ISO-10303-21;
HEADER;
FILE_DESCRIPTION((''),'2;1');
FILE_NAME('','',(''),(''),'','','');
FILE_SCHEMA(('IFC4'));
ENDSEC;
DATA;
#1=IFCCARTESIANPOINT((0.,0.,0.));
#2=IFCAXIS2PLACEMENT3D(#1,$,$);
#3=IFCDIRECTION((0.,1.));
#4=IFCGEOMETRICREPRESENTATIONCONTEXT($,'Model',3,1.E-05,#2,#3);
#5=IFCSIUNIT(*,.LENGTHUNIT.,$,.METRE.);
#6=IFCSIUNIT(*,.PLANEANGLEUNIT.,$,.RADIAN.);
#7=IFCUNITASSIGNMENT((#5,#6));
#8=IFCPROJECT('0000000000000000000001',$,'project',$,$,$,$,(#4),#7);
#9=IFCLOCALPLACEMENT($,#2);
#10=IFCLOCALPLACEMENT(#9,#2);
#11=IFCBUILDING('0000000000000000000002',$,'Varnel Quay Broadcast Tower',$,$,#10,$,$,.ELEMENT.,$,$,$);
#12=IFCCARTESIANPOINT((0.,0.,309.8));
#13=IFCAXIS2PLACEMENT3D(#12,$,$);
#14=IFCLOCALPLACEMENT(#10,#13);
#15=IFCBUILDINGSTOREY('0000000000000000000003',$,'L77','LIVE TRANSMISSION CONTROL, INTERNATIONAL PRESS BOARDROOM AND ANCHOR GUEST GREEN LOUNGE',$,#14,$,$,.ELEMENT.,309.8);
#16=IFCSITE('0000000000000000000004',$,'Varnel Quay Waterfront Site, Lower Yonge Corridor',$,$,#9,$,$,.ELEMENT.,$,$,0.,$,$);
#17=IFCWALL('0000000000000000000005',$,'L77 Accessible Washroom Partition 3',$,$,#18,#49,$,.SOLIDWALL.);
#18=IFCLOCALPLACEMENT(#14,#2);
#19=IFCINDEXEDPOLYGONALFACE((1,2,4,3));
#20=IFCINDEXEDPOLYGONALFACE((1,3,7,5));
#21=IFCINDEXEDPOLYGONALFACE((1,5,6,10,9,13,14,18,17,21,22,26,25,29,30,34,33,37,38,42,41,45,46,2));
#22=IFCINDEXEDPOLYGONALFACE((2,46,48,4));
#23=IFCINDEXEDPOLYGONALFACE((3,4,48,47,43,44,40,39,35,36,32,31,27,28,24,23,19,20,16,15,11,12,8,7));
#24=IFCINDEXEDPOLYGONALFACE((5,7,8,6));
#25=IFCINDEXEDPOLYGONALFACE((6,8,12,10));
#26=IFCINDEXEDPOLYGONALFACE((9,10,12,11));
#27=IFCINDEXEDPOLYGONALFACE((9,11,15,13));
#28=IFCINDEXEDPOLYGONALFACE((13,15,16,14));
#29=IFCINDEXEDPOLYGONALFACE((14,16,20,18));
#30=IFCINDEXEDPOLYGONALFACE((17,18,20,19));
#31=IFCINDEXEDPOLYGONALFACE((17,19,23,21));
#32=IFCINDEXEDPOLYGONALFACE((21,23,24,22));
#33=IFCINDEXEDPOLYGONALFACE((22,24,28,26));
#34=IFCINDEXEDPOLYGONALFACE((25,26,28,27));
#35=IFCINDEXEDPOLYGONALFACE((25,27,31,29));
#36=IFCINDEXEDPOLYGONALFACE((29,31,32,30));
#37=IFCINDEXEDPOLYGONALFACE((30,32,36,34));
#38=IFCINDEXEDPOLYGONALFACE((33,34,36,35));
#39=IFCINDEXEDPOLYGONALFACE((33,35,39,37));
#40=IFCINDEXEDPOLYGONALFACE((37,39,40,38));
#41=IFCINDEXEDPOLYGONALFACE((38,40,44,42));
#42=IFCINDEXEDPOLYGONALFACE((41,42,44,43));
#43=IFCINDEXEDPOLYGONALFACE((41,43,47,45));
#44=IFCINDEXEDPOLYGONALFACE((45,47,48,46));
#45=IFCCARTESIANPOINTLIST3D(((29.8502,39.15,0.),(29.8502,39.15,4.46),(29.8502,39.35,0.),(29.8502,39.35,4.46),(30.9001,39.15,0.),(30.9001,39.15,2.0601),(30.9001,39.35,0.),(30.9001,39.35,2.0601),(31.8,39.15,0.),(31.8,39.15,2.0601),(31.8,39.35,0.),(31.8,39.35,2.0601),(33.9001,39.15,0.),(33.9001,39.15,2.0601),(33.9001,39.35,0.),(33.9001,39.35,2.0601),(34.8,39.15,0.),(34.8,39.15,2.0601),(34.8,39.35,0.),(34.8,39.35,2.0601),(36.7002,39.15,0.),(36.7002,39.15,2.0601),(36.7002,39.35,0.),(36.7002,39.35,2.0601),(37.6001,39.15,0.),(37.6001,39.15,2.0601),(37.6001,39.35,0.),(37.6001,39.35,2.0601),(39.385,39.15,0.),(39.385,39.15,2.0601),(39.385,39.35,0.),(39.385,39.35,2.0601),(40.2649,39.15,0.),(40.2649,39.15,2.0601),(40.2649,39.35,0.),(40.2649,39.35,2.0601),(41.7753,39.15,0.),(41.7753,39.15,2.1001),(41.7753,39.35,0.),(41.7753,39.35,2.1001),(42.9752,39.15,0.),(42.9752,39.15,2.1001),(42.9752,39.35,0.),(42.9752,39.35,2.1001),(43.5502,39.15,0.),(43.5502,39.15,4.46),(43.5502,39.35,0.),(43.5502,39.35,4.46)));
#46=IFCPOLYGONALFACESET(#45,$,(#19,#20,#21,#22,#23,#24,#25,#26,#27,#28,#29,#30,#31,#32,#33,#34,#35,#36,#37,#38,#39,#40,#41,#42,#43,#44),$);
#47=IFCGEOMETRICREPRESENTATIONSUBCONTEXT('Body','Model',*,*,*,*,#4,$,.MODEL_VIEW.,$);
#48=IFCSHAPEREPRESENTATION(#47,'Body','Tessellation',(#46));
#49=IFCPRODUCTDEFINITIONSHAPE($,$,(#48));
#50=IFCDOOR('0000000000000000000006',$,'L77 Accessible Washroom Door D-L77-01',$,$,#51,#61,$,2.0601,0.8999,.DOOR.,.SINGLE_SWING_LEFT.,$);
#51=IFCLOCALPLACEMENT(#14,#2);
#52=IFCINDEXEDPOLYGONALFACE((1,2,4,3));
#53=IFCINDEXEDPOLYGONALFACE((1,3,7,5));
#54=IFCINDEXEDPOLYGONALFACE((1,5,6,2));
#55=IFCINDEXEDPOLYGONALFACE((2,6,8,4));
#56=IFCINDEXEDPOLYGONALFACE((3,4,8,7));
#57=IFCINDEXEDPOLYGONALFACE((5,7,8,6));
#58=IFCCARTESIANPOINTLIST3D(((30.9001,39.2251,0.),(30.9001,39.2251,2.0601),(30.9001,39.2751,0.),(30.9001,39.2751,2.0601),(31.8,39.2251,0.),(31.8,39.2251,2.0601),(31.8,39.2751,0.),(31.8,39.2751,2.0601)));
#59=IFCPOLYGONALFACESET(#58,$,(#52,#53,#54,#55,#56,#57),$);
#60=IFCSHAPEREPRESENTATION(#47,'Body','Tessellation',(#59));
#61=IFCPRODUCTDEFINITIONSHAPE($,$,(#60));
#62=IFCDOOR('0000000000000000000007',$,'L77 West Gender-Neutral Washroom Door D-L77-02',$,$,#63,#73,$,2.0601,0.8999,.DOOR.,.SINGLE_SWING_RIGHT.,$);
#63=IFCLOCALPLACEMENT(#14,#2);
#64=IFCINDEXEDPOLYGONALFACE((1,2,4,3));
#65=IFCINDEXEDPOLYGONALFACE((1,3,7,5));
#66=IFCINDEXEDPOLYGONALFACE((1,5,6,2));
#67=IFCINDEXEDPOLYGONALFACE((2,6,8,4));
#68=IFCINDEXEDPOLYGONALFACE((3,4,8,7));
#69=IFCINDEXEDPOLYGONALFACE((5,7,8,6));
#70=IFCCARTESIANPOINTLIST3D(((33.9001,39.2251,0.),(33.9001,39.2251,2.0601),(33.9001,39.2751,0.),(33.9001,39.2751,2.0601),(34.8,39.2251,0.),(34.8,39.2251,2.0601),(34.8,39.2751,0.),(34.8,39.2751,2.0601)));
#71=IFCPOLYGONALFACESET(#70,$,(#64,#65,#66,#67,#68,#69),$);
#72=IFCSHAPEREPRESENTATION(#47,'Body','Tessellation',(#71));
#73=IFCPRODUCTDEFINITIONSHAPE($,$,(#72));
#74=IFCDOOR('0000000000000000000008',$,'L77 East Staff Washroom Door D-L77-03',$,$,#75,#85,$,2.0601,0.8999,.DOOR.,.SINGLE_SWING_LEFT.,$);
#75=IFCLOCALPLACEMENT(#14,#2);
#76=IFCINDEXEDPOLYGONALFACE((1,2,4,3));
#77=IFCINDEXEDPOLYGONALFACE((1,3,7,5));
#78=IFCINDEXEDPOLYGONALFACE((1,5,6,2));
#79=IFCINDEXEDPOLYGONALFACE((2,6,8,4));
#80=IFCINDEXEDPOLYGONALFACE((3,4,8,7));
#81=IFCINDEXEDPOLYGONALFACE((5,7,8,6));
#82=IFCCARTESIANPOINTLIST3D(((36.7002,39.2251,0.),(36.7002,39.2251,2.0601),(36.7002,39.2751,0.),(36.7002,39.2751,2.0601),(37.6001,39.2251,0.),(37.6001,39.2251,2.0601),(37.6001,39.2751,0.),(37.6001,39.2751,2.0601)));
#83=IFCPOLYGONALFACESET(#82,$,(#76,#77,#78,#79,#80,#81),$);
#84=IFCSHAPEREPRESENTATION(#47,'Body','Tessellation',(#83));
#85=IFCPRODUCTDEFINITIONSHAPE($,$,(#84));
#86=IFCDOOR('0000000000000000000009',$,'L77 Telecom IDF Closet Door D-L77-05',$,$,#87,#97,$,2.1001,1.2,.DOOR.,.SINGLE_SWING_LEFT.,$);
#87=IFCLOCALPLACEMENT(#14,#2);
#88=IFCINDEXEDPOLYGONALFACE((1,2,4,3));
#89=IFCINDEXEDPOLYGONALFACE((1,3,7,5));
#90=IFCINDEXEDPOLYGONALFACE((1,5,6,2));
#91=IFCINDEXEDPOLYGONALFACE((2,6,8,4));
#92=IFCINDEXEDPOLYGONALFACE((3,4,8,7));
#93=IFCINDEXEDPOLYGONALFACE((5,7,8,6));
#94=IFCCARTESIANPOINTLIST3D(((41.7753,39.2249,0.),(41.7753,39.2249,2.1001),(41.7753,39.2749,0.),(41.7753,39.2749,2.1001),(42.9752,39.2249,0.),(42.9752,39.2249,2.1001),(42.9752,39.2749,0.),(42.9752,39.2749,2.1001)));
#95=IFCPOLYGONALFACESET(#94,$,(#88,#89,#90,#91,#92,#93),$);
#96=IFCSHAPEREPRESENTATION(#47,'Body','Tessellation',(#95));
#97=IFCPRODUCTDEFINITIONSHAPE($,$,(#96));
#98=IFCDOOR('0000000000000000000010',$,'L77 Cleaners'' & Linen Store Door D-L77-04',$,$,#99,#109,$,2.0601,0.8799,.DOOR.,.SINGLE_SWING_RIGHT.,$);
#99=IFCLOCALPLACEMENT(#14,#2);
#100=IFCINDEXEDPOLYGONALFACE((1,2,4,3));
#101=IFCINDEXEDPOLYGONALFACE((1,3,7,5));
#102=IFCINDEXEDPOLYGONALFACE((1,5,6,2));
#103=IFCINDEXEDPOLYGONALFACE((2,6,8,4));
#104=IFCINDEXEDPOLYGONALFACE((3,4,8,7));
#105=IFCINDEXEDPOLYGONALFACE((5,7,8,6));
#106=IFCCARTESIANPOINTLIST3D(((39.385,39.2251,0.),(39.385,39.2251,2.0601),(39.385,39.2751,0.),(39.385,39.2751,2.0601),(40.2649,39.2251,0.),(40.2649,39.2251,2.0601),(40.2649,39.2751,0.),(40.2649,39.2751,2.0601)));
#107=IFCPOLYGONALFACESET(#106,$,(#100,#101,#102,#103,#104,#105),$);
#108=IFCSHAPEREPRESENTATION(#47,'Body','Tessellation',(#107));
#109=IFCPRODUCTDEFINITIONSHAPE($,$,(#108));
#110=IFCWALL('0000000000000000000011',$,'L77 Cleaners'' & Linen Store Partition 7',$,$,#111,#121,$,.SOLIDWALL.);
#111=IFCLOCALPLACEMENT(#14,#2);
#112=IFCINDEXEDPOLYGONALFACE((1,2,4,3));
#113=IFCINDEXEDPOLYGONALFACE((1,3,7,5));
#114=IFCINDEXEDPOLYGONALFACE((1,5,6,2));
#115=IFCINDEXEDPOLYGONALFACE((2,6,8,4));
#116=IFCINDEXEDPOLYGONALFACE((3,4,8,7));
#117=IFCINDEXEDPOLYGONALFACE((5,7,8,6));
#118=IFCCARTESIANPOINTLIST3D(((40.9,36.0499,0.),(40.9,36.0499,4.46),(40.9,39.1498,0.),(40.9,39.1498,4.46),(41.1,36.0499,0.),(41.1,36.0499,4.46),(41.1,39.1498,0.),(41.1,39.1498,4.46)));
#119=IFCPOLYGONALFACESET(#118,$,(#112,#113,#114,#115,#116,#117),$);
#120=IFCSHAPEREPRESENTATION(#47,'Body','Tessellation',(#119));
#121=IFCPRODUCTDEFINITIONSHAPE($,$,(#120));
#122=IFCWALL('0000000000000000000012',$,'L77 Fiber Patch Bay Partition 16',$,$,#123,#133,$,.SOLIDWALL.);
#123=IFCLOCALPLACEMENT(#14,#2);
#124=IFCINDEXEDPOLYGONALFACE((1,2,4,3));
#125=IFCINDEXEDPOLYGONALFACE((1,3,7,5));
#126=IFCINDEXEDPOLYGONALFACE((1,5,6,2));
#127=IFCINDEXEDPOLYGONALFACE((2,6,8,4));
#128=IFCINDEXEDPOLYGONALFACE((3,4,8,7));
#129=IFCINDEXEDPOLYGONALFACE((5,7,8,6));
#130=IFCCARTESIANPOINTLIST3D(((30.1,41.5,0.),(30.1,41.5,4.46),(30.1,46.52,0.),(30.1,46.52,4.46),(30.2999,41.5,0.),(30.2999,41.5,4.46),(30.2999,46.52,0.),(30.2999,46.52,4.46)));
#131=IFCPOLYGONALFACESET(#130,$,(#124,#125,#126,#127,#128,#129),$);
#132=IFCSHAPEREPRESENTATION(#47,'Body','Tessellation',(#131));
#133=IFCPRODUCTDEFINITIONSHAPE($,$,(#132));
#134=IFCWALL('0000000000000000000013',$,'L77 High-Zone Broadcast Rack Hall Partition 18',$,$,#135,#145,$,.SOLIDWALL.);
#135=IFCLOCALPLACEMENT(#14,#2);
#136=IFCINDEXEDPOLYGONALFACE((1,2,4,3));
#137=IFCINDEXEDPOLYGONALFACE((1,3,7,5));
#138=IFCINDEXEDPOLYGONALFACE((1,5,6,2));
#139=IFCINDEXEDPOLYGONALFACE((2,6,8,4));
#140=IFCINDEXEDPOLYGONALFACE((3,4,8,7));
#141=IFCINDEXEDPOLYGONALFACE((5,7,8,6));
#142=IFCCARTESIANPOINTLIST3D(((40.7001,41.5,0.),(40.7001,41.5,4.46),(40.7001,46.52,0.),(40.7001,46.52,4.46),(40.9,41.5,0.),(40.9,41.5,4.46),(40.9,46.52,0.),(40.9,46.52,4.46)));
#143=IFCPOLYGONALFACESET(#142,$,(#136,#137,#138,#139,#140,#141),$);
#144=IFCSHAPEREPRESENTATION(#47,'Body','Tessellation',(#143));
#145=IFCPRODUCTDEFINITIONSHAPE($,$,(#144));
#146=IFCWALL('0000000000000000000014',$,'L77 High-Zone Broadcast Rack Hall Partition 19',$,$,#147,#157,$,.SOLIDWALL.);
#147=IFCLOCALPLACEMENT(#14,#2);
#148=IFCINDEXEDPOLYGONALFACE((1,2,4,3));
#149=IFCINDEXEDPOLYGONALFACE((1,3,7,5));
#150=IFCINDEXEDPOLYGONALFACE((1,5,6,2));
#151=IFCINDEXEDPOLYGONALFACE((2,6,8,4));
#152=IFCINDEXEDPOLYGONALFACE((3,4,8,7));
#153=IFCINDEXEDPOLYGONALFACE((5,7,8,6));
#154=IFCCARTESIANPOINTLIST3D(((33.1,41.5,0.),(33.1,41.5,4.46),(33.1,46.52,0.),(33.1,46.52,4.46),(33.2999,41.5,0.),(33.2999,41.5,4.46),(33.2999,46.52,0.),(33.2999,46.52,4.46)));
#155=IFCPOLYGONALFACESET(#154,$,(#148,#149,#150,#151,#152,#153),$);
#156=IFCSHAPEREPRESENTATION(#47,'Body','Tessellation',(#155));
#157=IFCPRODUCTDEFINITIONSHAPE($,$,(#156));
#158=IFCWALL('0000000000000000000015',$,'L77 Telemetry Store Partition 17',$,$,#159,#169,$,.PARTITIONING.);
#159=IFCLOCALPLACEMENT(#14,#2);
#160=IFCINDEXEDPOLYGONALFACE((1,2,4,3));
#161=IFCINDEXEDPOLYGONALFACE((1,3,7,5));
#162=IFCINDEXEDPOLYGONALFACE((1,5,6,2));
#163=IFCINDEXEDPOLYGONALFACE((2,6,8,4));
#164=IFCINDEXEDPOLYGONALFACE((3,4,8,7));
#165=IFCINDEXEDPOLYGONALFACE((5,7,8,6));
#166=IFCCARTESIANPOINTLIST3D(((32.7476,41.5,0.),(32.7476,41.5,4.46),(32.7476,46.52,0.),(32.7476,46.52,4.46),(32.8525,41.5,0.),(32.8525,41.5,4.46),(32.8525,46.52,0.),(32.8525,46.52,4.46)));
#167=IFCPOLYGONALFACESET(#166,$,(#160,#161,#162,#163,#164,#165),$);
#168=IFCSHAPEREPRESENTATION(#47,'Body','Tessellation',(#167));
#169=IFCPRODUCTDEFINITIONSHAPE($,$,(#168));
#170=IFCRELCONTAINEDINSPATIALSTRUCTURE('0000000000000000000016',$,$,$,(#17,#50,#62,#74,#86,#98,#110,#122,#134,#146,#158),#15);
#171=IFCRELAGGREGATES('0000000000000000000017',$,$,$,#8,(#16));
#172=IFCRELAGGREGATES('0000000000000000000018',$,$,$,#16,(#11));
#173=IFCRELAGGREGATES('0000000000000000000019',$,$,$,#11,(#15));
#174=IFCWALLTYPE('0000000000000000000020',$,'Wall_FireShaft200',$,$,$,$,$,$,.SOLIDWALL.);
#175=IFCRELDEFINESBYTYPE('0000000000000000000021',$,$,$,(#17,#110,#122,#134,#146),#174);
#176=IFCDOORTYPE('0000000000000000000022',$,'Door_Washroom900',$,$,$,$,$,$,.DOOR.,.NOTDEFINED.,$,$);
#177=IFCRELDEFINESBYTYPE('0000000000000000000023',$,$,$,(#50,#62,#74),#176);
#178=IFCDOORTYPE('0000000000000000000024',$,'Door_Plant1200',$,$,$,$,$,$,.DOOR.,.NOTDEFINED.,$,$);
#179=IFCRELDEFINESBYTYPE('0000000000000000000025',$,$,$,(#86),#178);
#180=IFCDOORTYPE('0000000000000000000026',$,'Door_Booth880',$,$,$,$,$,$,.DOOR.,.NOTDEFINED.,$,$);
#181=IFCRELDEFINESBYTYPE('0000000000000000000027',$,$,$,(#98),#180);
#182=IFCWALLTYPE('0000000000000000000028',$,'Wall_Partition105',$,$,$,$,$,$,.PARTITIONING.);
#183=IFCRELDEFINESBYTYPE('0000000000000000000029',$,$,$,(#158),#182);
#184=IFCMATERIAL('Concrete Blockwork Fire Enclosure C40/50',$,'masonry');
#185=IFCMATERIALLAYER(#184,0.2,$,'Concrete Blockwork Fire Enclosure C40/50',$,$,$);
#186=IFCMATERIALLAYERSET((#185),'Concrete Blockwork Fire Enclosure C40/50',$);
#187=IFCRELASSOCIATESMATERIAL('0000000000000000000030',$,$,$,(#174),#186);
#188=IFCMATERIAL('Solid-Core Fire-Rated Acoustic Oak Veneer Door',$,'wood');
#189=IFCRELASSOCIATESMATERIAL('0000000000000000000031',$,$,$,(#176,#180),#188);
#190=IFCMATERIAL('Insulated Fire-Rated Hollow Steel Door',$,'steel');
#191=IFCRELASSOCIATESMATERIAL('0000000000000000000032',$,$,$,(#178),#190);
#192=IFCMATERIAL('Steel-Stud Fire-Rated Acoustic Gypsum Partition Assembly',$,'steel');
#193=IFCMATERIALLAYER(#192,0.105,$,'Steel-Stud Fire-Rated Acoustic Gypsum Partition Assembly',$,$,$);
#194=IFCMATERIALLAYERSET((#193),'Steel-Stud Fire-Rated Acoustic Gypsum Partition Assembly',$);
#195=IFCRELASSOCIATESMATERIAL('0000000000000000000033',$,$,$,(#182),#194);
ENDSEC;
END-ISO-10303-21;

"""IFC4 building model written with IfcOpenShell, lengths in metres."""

from ifc_helpers import new_model, si_unit, direction, frame, frame_2d, origin, place, context, subcontext, project, spatial, rectangle, extrude, source, transform, mapped, material, layer, layer_set, type_object, type_shapes, element, fill, save


model = new_model("IFC4")

# Units and contexts
model_context = context("Model", 3, precision=1e-05, world=origin(), true_north=direction((0.0, 1.0)))
body_context = subcontext(model_context, "Body", "Model", "MODEL_VIEW")
ifc_project = project(units=[si_unit("LENGTHUNIT", "METRE"), si_unit("PLANEANGLEUNIT", "RADIAN")], contexts=[model_context])

# Site, building, storey
site_placement = place(None, origin())
site = spatial("IfcSite", under=ifc_project, at=site_placement, Name="Varnel Quay Waterfront Site, Lower Yonge Corridor", CompositionType="ELEMENT", RefElevation=0.0)
building_placement = place(site_placement, origin())
building = spatial("IfcBuilding", under=site, at=building_placement, Name="Varnel Quay Broadcast Tower", CompositionType="ELEMENT")
storey_placement = place(building_placement, frame((0.0, 0.0, 309.8)))
storey = spatial("IfcBuildingStorey", under=building, at=storey_placement, Name="L77", Description="LIVE TRANSMISSION CONTROL, INTERNATIONAL PRESS BOARDROOM AND ANCHOR GUEST GREEN LOUNGE", CompositionType="ELEMENT", Elevation=309.8)

# Wall, openings, doors
ifc_material_1 = material(Name="Concrete Blockwork Fire Enclosure C40/50", Category="masonry")
ifc_layer_1 = layer(ifc_material_1, 0.2, Name="Concrete Blockwork Fire Enclosure C40/50")
ifc_layer_set_1 = layer_set([ifc_layer_1], Name="Concrete Blockwork Fire Enclosure C40/50")
wall_type_1 = type_object("IfcWallType", Name="Wall_FireShaft200", PredefinedType="SOLIDWALL", material=ifc_layer_set_1)
wall_1_placement = place(storey_placement, frame((29.8501, 39.25, 0.0), z_axis=(0.0, 0.0, 1.0), x_axis=(1.0, 0.0, 0.0)))
wall_1 = element("IfcWall", 1, at=wall_1_placement, inside=storey, type_object=wall_type_1, Name="L77 Accessible Washroom Partition 3", PredefinedType="SOLIDWALL", context=body_context, shape_type="SweptSolid", body=[
    extrude(rectangle(XDim=13.7, YDim=0.2, at=frame_2d((6.8501, 0.0))), origin(), (0.0, 0.0, 1.0), 4.46),
])
opening_1_placement = place(wall_1_placement, frame((1.05, 0.0, 0.0)))
opening_1 = element("IfcOpeningElement", 2, at=opening_1_placement, cuts=wall_1, PredefinedType="OPENING", context=body_context, shape_type="SweptSolid", body=[
    extrude(rectangle(XDim=0.8999, YDim=2.0601, at=frame_2d((0.45, 1.03))), frame((0.0, 0.1099, 0.0), z_axis=(0.0, -1.0, 0.0), x_axis=(1.0, 0.0, 0.0)), (0.0, 0.0, 1.0), 0.22),
])
opening_2_placement = place(wall_1_placement, frame((4.05, 0.0, 0.0)))
opening_2 = element("IfcOpeningElement", 3, at=opening_2_placement, cuts=wall_1, PredefinedType="OPENING", context=body_context, shape_type="SweptSolid", body=[
    extrude(rectangle(XDim=0.8999, YDim=2.0601, at=frame_2d((0.45, 1.03))), frame((0.0, 0.1099, 0.0), z_axis=(0.0, -1.0, 0.0), x_axis=(1.0, 0.0, 0.0)), (0.0, 0.0, 1.0), 0.22),
])
opening_3_placement = place(wall_1_placement, frame((6.8501, 0.0, 0.0)))
opening_3 = element("IfcOpeningElement", 4, at=opening_3_placement, cuts=wall_1, PredefinedType="OPENING", context=body_context, shape_type="SweptSolid", body=[
    extrude(rectangle(XDim=0.8999, YDim=2.0601, at=frame_2d((0.45, 1.03))), frame((0.0, 0.1099, 0.0), z_axis=(0.0, -1.0, 0.0), x_axis=(1.0, 0.0, 0.0)), (0.0, 0.0, 1.0), 0.22),
])
opening_4_placement = place(wall_1_placement, frame((9.5349, 0.0, 0.0)))
opening_4 = element("IfcOpeningElement", 5, at=opening_4_placement, cuts=wall_1, PredefinedType="OPENING", context=body_context, shape_type="SweptSolid", body=[
    extrude(rectangle(XDim=0.8799, YDim=2.0601, at=frame_2d((0.4399, 1.03))), frame((0.0, 0.1099, 0.0), z_axis=(0.0, -1.0, 0.0), x_axis=(1.0, 0.0, 0.0)), (0.0, 0.0, 1.0), 0.22),
])
opening_5_placement = place(wall_1_placement, frame((11.925, 0.0, 0.0)))
opening_5 = element("IfcOpeningElement", 6, at=opening_5_placement, cuts=wall_1, PredefinedType="OPENING", context=body_context, shape_type="SweptSolid", body=[
    extrude(rectangle(XDim=1.2, YDim=2.1001, at=frame_2d((0.6001, 1.05))), frame((0.0, 0.1099, 0.0), z_axis=(0.0, -1.0, 0.0), x_axis=(1.0, 0.0, 0.0)), (0.0, 0.0, 1.0), 0.22),
])
ifc_material_2 = material(Name="Solid-Core Fire-Rated Acoustic Oak Veneer Door", Category="wood")
door_type_1 = type_object("IfcDoorType", Name="Door_Washroom900", OperationType="NOTDEFINED", PredefinedType="DOOR", material=ifc_material_2)
shared_shape_1 = source(origin(), body_context, "Body", "SweptSolid", [
    extrude(rectangle(XDim=0.8999, YDim=2.0601, at=frame_2d((0.45, 1.03))), frame((0.0, 0.0249, 0.0), z_axis=(0.0, -1.0, 0.0), x_axis=(1.0, 0.0, 0.0)), (0.0, 0.0, 1.0), 0.05),
])
type_shapes(door_type_1, [shared_shape_1])
door_1_placement = place(opening_1_placement, frame((0.8999, 0.0, 0.0), z_axis=(0.0, 0.0, 1.0), x_axis=(-1.0, 0.0, 0.0)))
door_1 = element("IfcDoor", 7, at=door_1_placement, inside=storey, type_object=door_type_1, Name="L77 Accessible Washroom Door D-L77-01", OperationType="SINGLE_SWING_LEFT", OverallHeight=2.0601, OverallWidth=0.8999, PredefinedType="DOOR", context=body_context, shape_type="MappedRepresentation", body=[
    mapped(shared_shape_1, transform((0.0, 0.0, 0.0), x_axis=(1.0, 0.0, 0.0), y_axis=(0.0, 1.0, 0.0), z_axis=(0.0, 0.0, 1.0), scale=1.0)),
])
fill(opening_1, door_1)
door_2_placement = place(opening_2_placement, frame((0.8999, 0.0, 0.0), z_axis=(0.0, 0.0, 1.0), x_axis=(-1.0, 0.0, 0.0)))
door_2 = element("IfcDoor", 8, at=door_2_placement, inside=storey, type_object=door_type_1, Name="L77 West Gender-Neutral Washroom Door D-L77-02", OperationType="SINGLE_SWING_RIGHT", OverallHeight=2.0601, OverallWidth=0.8999, PredefinedType="DOOR", context=body_context, shape_type="MappedRepresentation", body=[
    mapped(shared_shape_1, transform((0.0, 0.0, 0.0), x_axis=(1.0, 0.0, 0.0), y_axis=(0.0, 1.0, 0.0), z_axis=(0.0, 0.0, 1.0), scale=1.0)),
])
fill(opening_2, door_2)
door_3_placement = place(opening_3_placement, frame((0.8999, 0.0, 0.0), z_axis=(0.0, 0.0, 1.0), x_axis=(-1.0, 0.0, 0.0)))
door_3 = element("IfcDoor", 9, at=door_3_placement, inside=storey, type_object=door_type_1, Name="L77 East Staff Washroom Door D-L77-03", OperationType="SINGLE_SWING_LEFT", OverallHeight=2.0601, OverallWidth=0.8999, PredefinedType="DOOR", context=body_context, shape_type="MappedRepresentation", body=[
    mapped(shared_shape_1, transform((0.0, 0.0, 0.0), x_axis=(1.0, 0.0, 0.0), y_axis=(0.0, 1.0, 0.0), z_axis=(0.0, 0.0, 1.0), scale=1.0)),
])
fill(opening_3, door_3)
ifc_material_3 = material(Name="Insulated Fire-Rated Hollow Steel Door", Category="steel")
door_type_2 = type_object("IfcDoorType", Name="Door_Plant1200", OperationType="NOTDEFINED", PredefinedType="DOOR", material=ifc_material_3)
shared_shape_2 = source(origin(), body_context, "Body", "SweptSolid", [
    extrude(rectangle(XDim=1.2, YDim=2.1001, at=frame_2d((0.6001, 1.05))), frame((0.0, 0.0249, 0.0), z_axis=(0.0, -1.0, 0.0), x_axis=(1.0, 0.0, 0.0)), (0.0, 0.0, 1.0), 0.05),
])
type_shapes(door_type_2, [shared_shape_2])
door_4_placement = place(opening_5_placement, origin())
door_4 = element("IfcDoor", 10, at=door_4_placement, inside=storey, type_object=door_type_2, Name="L77 Telecom IDF Closet Door D-L77-05", OperationType="SINGLE_SWING_LEFT", OverallHeight=2.1001, OverallWidth=1.2, PredefinedType="DOOR", context=body_context, shape_type="MappedRepresentation", body=[
    mapped(shared_shape_2, transform((0.0, 0.0, 0.0), x_axis=(1.0, 0.0, 0.0), y_axis=(0.0, 1.0, 0.0), z_axis=(0.0, 0.0, 1.0), scale=1.0)),
])
fill(opening_5, door_4)
door_type_3 = type_object("IfcDoorType", Name="Door_Booth880", OperationType="NOTDEFINED", PredefinedType="DOOR", material=ifc_material_2)
shared_shape_3 = source(origin(), body_context, "Body", "SweptSolid", [
    extrude(rectangle(XDim=0.8799, YDim=2.0601, at=frame_2d((0.4399, 1.03))), frame((0.0, 0.0249, 0.0), z_axis=(0.0, -1.0, 0.0), x_axis=(1.0, 0.0, 0.0)), (0.0, 0.0, 1.0), 0.05),
])
type_shapes(door_type_3, [shared_shape_3])
door_5_placement = place(opening_4_placement, frame((0.8799, 0.0, 0.0), z_axis=(0.0, 0.0, 1.0), x_axis=(-1.0, 0.0, 0.0)))
door_5 = element("IfcDoor", 11, at=door_5_placement, inside=storey, type_object=door_type_3, Name="L77 Cleaners' & Linen Store Door D-L77-04", OperationType="SINGLE_SWING_RIGHT", OverallHeight=2.0601, OverallWidth=0.8799, PredefinedType="DOOR", context=body_context, shape_type="MappedRepresentation", body=[
    mapped(shared_shape_3, transform((0.0, 0.0, 0.0), x_axis=(1.0, 0.0, 0.0), y_axis=(0.0, 1.0, 0.0), z_axis=(0.0, 0.0, 1.0), scale=1.0)),
])
fill(opening_4, door_5)

# Walls
wall_2_placement = place(storey_placement, frame((41.0, 36.05, 0.0), z_axis=(0.0, 0.0, 1.0), x_axis=(0.0, 1.0, 0.0)))
element("IfcWall", 12, at=wall_2_placement, inside=storey, type_object=wall_type_1, Name="L77 Cleaners' & Linen Store Partition 7", PredefinedType="SOLIDWALL", context=body_context, shape_type="SweptSolid", body=[
    extrude(rectangle(XDim=3.0999, YDim=0.2, at=frame_2d((1.5498, 0.0))), origin(), (0.0, 0.0, 1.0), 4.46),
])
for number, where, z_axis, x_axis, name in (
    (13, (30.2, 41.5, 0.0), (0.0, 0.0, 1.0), (0.0, 1.0, 0.0), "L77 Fiber Patch Bay Partition 16"),
    (14, (40.8, 41.5, 0.0), (0.0, 0.0, 1.0), (0.0, 1.0, 0.0), "L77 High-Zone Broadcast Rack Hall Partition 18"),
    (15, (33.2, 41.5, 0.0), (0.0, 0.0, 1.0), (0.0, 1.0, 0.0), "L77 High-Zone Broadcast Rack Hall Partition 19"),
):
    element("IfcWall", number, at=place(storey_placement, frame(where, z_axis=z_axis, x_axis=x_axis)), inside=storey, type_object=wall_type_1, Name=name, PredefinedType="SOLIDWALL", context=body_context, shape_type="SweptSolid", body=[
        extrude(rectangle(XDim=5.02, YDim=0.2, at=frame_2d((2.51, 0.0))), origin(), (0.0, 0.0, 1.0), 4.46),
    ])
ifc_material_4 = material(Name="Steel-Stud Fire-Rated Acoustic Gypsum Partition Assembly", Category="steel")
ifc_layer_2 = layer(ifc_material_4, 0.105, Name="Steel-Stud Fire-Rated Acoustic Gypsum Partition Assembly")
ifc_layer_set_2 = layer_set([ifc_layer_2], Name="Steel-Stud Fire-Rated Acoustic Gypsum Partition Assembly")
wall_type_2 = type_object("IfcWallType", Name="Wall_Partition105", PredefinedType="PARTITIONING", material=ifc_layer_set_2)
wall_3_placement = place(storey_placement, frame((32.8, 41.5, 0.0), z_axis=(0.0, 0.0, 1.0), x_axis=(0.0, 1.0, 0.0)))
element("IfcWall", 16, at=wall_3_placement, inside=storey, type_object=wall_type_2, Name="L77 Telemetry Store Partition 17", PredefinedType="PARTITIONING", context=body_context, shape_type="SweptSolid", body=[
    extrude(rectangle(XDim=5.02, YDim=0.105, at=frame_2d((2.51, 0.0))), origin(), (0.0, 0.0, 1.0), 4.46),
])

save(model, "model.ifc")
